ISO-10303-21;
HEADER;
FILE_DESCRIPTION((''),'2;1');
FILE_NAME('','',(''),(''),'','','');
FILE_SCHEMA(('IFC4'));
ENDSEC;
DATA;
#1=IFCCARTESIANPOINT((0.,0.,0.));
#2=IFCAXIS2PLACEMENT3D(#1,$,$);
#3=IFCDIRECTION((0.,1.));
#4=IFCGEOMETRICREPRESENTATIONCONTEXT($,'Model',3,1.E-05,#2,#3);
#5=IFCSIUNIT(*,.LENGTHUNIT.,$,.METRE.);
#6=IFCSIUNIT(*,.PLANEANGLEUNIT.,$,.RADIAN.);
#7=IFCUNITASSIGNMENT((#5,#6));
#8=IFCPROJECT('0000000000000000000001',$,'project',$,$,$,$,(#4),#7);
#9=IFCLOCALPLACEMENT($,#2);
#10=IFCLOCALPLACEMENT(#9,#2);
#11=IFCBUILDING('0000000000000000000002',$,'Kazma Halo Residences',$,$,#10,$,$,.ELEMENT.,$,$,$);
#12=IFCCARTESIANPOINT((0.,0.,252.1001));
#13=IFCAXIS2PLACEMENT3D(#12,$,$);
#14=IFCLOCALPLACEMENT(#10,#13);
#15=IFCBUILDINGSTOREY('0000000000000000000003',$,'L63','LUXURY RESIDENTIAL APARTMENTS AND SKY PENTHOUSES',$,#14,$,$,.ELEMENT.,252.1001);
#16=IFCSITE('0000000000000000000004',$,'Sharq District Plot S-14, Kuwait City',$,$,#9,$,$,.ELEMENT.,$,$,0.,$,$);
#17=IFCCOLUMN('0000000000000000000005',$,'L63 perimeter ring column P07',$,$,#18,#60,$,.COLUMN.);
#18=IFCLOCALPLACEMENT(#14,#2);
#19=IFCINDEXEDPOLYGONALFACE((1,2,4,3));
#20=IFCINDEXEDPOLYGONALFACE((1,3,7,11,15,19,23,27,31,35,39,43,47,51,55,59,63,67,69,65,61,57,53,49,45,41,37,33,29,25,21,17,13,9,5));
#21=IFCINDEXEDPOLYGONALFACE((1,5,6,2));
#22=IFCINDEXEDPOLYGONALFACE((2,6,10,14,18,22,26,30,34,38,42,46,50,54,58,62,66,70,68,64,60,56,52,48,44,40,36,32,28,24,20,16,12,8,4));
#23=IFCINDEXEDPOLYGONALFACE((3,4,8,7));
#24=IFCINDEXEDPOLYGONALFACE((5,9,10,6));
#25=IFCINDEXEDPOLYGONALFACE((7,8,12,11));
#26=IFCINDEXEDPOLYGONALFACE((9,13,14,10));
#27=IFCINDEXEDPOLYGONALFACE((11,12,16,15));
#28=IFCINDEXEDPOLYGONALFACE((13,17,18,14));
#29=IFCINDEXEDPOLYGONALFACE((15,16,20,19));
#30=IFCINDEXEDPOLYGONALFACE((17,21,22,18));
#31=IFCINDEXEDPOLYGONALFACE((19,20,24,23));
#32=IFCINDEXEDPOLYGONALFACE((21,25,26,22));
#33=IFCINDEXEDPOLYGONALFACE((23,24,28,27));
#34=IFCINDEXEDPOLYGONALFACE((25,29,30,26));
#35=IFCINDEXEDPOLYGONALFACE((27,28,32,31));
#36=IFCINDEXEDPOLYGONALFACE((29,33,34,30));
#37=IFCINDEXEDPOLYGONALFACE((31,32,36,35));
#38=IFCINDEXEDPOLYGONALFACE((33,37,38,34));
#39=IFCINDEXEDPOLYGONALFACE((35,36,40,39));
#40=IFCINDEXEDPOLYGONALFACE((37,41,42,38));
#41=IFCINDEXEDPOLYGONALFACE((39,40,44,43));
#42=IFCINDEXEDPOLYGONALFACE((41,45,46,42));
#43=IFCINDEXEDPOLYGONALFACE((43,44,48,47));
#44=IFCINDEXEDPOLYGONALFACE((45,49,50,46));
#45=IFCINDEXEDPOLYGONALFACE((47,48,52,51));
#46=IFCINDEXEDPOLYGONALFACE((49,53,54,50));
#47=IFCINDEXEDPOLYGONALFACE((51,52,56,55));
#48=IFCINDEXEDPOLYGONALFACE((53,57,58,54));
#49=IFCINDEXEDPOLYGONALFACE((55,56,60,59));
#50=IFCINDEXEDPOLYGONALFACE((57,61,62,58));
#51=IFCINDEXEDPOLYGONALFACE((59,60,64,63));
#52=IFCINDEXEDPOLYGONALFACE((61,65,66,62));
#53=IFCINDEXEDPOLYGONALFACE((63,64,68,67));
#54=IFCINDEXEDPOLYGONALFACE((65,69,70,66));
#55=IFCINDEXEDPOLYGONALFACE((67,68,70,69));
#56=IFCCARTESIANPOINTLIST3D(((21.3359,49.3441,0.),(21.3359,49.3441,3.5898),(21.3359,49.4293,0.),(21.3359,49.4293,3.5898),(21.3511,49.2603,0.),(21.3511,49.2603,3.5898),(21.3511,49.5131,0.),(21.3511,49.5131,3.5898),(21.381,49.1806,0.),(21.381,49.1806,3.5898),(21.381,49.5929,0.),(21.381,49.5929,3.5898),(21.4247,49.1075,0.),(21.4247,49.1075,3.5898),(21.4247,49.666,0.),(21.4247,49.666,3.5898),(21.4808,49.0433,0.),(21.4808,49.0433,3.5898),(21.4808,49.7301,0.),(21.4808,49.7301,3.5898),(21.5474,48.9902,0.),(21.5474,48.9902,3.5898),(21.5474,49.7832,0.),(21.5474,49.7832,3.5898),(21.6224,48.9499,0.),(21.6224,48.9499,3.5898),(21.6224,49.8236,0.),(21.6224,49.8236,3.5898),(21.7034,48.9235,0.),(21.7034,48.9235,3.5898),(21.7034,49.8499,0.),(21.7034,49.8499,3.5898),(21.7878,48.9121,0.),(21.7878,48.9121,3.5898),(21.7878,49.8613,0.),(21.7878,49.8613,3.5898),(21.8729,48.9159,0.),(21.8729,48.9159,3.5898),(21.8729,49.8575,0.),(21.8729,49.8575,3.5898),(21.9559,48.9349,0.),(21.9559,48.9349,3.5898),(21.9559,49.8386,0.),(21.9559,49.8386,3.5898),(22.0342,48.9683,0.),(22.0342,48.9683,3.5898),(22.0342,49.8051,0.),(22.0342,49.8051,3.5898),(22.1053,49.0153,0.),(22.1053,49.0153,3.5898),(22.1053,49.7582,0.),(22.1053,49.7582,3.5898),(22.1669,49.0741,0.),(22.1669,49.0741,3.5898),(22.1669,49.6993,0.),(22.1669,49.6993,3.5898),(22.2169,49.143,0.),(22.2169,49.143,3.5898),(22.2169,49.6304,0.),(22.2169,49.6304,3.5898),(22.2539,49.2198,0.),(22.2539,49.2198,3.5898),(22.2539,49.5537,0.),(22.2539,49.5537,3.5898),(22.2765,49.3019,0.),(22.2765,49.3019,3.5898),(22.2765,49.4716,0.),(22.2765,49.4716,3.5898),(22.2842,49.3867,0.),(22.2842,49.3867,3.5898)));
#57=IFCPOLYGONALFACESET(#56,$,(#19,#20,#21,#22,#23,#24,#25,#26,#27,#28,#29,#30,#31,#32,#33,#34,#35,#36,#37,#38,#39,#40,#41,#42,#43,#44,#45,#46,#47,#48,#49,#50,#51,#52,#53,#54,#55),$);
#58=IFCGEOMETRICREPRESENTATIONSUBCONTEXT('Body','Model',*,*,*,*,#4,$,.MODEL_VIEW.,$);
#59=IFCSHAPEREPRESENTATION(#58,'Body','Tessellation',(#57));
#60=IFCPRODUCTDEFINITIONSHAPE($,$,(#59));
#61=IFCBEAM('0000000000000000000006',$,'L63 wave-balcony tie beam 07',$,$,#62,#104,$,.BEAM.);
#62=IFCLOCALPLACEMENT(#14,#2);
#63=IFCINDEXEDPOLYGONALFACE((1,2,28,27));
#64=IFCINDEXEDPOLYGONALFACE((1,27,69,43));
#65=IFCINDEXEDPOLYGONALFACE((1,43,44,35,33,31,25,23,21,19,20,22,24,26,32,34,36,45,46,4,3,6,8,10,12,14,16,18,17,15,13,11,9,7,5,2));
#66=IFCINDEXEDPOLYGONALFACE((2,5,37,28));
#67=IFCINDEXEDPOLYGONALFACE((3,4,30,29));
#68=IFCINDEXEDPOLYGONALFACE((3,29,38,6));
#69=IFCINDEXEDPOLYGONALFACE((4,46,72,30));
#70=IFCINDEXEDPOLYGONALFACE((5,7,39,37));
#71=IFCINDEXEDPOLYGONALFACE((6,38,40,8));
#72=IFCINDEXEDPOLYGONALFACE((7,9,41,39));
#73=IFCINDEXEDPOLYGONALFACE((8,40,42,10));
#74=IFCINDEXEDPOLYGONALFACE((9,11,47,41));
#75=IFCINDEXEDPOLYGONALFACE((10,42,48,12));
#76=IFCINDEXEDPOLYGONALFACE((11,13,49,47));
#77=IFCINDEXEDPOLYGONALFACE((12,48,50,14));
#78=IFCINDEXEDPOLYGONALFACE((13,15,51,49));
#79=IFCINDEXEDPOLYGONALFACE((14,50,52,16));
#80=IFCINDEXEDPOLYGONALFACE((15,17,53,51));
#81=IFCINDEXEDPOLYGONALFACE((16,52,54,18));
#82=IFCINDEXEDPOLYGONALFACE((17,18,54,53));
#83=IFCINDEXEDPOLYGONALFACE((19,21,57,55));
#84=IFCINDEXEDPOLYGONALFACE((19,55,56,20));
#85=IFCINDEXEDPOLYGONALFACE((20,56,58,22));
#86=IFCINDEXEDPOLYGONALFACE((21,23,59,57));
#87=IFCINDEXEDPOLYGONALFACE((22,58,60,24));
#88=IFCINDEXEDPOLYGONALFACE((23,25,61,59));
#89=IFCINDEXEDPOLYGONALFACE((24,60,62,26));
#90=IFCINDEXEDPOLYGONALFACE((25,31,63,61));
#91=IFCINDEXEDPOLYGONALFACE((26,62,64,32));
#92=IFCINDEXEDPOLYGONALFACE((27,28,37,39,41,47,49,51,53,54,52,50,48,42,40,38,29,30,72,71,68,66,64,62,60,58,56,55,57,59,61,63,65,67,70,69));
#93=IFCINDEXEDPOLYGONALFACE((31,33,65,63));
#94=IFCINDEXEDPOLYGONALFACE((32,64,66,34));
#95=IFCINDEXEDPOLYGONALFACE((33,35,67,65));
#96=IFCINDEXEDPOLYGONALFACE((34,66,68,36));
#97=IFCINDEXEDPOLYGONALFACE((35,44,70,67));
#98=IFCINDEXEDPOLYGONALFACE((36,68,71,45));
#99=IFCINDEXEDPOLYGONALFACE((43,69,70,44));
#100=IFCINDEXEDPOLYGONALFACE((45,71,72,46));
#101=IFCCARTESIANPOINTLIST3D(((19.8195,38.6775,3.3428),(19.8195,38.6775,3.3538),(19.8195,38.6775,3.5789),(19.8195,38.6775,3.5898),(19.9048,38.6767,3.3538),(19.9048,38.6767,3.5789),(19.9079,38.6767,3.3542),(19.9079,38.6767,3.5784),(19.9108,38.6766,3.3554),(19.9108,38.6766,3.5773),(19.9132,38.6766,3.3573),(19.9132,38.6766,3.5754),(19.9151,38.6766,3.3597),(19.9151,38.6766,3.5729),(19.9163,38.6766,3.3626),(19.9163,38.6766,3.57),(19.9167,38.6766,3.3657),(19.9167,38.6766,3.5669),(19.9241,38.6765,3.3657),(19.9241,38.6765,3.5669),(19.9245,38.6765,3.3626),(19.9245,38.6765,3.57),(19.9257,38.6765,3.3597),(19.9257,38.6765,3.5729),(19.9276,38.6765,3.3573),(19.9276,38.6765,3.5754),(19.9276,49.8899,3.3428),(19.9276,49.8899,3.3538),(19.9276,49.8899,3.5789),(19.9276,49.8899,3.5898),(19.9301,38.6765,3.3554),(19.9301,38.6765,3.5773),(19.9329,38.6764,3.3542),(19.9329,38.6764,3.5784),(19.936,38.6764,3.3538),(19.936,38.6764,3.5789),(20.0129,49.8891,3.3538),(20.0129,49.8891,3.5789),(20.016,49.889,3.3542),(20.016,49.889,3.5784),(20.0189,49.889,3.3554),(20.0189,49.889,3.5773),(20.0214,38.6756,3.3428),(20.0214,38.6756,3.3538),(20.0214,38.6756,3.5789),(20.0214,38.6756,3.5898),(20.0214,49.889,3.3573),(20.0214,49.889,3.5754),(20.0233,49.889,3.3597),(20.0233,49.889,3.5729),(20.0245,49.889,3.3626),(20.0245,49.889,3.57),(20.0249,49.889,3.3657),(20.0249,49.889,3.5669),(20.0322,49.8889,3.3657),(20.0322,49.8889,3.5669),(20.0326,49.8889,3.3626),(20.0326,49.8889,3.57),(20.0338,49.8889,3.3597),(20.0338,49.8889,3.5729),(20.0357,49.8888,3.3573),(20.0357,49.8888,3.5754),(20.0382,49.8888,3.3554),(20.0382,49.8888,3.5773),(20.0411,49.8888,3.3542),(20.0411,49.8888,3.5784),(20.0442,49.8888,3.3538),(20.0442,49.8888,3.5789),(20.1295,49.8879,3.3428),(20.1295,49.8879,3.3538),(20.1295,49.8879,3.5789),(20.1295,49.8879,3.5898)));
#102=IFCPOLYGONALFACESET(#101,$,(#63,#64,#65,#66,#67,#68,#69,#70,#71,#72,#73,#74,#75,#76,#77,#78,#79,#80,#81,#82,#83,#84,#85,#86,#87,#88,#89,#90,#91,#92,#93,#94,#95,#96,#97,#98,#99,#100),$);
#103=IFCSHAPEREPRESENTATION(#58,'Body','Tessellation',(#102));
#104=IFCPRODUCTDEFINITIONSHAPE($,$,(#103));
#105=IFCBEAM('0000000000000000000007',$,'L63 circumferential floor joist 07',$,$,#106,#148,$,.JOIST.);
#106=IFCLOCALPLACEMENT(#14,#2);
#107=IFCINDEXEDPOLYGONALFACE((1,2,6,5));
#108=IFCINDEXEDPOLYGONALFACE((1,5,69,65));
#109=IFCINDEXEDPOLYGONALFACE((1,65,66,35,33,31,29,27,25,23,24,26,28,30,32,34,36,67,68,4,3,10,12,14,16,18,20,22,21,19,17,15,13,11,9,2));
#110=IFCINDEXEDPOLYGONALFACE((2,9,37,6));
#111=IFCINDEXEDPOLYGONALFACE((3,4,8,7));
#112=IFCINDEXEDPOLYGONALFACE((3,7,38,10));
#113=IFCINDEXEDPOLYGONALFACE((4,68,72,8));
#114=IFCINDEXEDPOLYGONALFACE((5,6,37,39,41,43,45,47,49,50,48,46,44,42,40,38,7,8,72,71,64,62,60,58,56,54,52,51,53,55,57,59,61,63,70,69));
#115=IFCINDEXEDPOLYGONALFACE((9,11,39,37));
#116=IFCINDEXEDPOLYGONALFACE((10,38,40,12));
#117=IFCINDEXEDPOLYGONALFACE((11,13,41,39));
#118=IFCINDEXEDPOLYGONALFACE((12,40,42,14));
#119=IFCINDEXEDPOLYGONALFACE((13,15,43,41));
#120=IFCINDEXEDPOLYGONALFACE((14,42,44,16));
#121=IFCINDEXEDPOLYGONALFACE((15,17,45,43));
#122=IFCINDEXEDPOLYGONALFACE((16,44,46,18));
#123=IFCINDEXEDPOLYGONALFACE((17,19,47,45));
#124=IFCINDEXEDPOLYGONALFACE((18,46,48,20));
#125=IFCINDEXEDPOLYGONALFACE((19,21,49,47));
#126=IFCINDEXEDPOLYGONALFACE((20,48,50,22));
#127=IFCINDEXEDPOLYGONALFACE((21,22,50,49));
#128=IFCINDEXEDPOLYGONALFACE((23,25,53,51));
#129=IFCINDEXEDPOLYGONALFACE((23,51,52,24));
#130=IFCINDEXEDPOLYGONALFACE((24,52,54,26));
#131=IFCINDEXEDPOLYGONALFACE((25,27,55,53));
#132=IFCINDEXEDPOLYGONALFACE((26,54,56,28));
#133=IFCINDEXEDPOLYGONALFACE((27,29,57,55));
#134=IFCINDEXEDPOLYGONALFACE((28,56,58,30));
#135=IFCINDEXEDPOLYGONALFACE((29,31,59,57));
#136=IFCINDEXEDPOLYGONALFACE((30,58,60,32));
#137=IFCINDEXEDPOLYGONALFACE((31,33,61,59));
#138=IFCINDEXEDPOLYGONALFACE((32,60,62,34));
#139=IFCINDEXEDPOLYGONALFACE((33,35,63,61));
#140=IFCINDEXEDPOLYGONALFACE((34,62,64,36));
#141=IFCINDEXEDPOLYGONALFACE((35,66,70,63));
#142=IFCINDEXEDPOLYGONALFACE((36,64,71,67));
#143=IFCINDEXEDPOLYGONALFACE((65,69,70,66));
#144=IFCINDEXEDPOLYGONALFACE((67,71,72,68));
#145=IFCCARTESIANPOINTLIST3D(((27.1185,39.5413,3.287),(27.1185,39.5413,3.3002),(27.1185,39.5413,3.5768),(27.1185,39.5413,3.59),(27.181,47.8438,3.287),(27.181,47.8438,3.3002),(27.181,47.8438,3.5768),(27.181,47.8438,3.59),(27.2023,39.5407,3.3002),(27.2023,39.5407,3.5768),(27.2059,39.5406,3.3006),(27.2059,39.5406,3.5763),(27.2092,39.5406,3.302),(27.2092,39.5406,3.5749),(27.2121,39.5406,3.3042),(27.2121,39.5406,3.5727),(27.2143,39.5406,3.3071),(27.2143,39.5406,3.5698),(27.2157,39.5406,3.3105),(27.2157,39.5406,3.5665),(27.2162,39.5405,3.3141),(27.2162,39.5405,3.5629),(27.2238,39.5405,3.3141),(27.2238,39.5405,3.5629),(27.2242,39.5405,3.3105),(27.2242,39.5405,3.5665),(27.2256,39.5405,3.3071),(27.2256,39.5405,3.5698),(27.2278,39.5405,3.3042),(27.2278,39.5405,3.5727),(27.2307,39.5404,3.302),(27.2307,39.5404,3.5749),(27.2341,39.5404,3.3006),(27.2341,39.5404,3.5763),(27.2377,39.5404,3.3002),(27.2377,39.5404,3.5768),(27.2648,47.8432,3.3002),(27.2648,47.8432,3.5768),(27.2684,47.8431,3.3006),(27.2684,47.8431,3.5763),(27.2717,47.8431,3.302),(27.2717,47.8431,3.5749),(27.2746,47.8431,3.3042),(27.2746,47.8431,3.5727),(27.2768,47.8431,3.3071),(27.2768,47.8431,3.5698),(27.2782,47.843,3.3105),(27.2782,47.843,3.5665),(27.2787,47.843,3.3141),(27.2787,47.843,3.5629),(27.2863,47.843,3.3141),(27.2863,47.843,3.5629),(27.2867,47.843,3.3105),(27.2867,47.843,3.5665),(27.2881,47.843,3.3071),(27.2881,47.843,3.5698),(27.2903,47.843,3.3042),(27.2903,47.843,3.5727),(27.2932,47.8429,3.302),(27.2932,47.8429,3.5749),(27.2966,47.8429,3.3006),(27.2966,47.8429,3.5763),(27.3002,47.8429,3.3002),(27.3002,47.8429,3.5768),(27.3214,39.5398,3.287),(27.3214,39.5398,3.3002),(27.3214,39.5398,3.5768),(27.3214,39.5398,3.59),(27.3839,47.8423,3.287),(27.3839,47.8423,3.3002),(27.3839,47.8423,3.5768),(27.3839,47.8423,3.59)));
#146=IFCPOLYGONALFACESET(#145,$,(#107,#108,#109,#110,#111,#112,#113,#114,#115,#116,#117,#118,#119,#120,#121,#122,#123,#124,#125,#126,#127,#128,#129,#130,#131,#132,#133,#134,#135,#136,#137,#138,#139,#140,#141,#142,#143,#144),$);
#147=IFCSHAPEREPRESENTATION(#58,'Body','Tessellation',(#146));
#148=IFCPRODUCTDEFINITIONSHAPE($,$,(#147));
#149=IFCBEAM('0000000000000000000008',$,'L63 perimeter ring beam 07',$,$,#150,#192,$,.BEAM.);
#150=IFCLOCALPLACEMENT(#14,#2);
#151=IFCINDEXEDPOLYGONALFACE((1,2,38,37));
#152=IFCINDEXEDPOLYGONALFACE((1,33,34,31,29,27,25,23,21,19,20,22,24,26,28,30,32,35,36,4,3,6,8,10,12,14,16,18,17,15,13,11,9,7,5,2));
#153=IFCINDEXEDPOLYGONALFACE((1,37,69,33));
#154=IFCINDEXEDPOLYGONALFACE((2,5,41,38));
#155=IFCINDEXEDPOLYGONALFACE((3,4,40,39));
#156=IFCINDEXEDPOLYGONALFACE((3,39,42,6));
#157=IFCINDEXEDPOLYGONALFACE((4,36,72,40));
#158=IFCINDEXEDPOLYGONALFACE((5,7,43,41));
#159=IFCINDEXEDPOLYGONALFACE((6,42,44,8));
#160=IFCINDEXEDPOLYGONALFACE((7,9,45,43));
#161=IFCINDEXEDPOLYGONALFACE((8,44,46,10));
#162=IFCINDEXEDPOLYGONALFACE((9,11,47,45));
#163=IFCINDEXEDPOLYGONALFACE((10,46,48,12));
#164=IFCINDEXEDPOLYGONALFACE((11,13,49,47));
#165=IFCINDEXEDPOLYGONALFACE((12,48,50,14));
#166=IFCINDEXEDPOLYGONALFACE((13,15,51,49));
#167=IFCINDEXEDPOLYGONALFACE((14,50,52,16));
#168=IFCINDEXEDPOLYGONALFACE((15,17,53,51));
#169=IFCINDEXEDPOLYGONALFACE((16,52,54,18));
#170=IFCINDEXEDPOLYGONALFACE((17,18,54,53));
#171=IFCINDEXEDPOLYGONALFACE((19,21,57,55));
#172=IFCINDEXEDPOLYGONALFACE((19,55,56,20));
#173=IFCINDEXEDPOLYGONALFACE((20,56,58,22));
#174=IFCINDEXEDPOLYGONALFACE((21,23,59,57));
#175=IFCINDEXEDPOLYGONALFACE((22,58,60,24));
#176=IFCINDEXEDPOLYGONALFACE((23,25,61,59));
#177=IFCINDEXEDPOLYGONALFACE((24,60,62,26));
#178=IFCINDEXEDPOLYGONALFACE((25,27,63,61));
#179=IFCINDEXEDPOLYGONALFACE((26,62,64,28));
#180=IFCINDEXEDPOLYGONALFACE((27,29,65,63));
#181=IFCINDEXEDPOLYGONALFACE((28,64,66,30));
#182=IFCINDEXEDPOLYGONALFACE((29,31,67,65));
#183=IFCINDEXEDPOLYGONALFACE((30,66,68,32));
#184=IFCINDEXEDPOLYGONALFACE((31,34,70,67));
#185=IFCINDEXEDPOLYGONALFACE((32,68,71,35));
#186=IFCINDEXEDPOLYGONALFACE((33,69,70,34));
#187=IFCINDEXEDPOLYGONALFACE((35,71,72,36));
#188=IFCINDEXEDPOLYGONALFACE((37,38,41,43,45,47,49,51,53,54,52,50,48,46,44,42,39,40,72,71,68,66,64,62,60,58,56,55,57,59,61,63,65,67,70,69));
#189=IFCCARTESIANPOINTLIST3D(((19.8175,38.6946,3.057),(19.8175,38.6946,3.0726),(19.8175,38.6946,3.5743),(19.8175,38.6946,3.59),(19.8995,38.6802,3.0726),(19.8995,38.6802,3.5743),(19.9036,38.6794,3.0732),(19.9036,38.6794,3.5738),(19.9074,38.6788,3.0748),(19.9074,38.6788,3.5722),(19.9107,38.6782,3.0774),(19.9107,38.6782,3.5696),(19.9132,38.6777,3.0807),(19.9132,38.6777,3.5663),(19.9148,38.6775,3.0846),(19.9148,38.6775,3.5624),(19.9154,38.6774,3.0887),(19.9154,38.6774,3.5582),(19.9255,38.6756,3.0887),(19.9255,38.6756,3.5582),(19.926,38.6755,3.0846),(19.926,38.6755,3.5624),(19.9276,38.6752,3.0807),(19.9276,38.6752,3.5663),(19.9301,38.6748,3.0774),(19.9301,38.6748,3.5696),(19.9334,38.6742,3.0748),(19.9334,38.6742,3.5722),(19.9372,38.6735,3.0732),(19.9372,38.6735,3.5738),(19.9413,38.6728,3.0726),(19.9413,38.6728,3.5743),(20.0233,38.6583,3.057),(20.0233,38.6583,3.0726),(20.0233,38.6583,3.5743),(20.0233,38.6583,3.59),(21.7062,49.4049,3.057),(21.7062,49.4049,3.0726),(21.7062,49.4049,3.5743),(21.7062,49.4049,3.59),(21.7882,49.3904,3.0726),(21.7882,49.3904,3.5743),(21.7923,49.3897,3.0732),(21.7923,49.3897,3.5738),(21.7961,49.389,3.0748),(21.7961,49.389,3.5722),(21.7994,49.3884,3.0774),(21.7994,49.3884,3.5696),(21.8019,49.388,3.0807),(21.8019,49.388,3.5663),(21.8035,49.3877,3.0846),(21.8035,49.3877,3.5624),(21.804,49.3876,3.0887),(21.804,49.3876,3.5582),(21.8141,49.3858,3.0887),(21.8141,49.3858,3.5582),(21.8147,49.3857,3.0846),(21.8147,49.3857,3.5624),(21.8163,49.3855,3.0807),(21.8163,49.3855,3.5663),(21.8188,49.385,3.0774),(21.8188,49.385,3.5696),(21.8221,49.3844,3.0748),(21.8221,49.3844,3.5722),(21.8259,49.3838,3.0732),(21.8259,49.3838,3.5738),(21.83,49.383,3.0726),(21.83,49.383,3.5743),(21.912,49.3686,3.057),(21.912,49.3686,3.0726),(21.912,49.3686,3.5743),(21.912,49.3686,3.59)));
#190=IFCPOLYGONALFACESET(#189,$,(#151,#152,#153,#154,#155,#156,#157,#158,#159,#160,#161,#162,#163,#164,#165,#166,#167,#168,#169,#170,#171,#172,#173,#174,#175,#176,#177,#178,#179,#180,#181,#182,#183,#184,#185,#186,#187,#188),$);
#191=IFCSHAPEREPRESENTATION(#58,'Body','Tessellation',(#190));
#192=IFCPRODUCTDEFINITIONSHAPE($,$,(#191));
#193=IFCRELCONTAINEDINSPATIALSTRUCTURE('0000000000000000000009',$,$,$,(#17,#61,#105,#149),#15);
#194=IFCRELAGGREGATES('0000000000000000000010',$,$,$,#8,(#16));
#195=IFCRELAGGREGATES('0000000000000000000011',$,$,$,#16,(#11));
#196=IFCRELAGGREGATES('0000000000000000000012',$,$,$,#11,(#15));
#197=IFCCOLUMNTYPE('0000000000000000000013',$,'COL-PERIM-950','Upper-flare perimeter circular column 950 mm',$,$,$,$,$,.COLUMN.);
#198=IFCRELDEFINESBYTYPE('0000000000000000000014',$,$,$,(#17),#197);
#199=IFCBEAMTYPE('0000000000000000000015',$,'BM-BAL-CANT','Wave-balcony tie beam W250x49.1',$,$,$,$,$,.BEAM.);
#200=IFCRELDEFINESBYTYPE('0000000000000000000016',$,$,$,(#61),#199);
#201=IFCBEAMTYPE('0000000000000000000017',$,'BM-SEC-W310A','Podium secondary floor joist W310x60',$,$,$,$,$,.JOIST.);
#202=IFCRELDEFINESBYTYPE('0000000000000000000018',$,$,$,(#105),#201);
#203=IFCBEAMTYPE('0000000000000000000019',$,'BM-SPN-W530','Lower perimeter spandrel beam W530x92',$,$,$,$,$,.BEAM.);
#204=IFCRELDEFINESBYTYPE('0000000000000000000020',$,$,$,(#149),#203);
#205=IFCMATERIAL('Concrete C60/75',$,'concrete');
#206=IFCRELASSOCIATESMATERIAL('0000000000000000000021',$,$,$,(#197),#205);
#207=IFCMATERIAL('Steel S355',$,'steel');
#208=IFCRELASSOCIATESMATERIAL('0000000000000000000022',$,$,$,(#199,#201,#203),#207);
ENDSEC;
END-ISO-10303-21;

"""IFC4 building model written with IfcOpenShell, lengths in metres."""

from ifc_helpers import new_model, si_unit, direction, frame, origin, origin_2d, place, context, subcontext, project, spatial, circle, i_section, extrude, material, material_profile, profile_set, type_object, element, save


model = new_model("IFC4")

# Units and contexts
model_context = context("Model", 3, precision=1e-05, world=origin(), true_north=direction((0.0, 1.0)))
body_context = subcontext(model_context, "Body", "Model", "MODEL_VIEW")
ifc_project = project(units=[si_unit("LENGTHUNIT", "METRE"), si_unit("PLANEANGLEUNIT", "RADIAN")], contexts=[model_context])

# Site, building, storey
site_placement = place(None, origin())
site = spatial("IfcSite", under=ifc_project, at=site_placement, Name="Sharq District Plot S-14, Kuwait City", CompositionType="ELEMENT", RefElevation=0.0)
building_placement = place(site_placement, origin())
building = spatial("IfcBuilding", under=site, at=building_placement, Name="Kazma Halo Residences", CompositionType="ELEMENT")
storey_placement = place(building_placement, frame((0.0, 0.0, 252.1001)))
storey = spatial("IfcBuildingStorey", under=building, at=storey_placement, Name="L63", Description="LUXURY RESIDENTIAL APARTMENTS AND SKY PENTHOUSES", CompositionType="ELEMENT", Elevation=252.1001)

# Column
ifc_material_1 = material(Name="Concrete C60/75", Category="concrete")
ifc_material_profile_1 = material_profile(ifc_material_1, circle(Radius=0.4751, at=origin_2d()), Name="CIRC950")
ifc_profile_set_1 = profile_set([ifc_material_profile_1], Name="Concrete C60/75")
column_type = type_object("IfcColumnType", Name="COL-PERIM-950", Description="Upper-flare perimeter circular column 950 mm", PredefinedType="COLUMN", material=ifc_profile_set_1)
column_placement = place(storey_placement, frame((21.8091, 49.3867, 0.0), z_axis=(0.0, 0.0, 1.0), x_axis=(1.0, 0.0, 0.0)))
element("IfcColumn", 1, at=column_placement, inside=storey, type_object=column_type, Name="L63 perimeter ring column P07", PredefinedType="COLUMN", context=body_context, shape_type="SweptSolid", body=[
    extrude(circle(Radius=0.4751, at=origin_2d()), origin(), (0.0, 0.0, 1.0), 3.5898),
])

# Beams
ifc_material_2 = material(Name="Steel S355", Category="steel")
ifc_material_profile_2 = material_profile(ifc_material_2, i_section(OverallWidth=0.2019, OverallDepth=0.2471, WebThickness=0.0073, FlangeThickness=0.011, FilletRadius=0.012, at=origin_2d()), Name="W250x49.1")
ifc_profile_set_2 = profile_set([ifc_material_profile_2], Name="Steel S355")
beam_type_1 = type_object("IfcBeamType", Name="BM-BAL-CANT", Description="Wave-balcony tie beam W250x49.1", PredefinedType="BEAM", material=ifc_profile_set_2)
beam_1_placement = place(storey_placement, frame((20.0286, 49.8889, 3.4663), z_axis=(-0.009646, -0.999953, 0.0), x_axis=(0.999953, -0.009646, 0.0)))
element("IfcBeam", 2, at=beam_1_placement, inside=storey, type_object=beam_type_1, Name="L63 wave-balcony tie beam 07", PredefinedType="BEAM", context=body_context, shape_type="SweptSolid", body=[
    extrude(i_section(OverallWidth=0.2019, OverallDepth=0.2471, WebThickness=0.0073, FlangeThickness=0.011, FilletRadius=0.012, at=origin_2d()), origin(), (0.0, 0.0, 1.0), 11.2129),
])
ifc_material_profile_3 = material_profile(ifc_material_2, i_section(OverallWidth=0.2029, OverallDepth=0.303, WebThickness=0.0076, FlangeThickness=0.0132, FilletRadius=0.0139, at=origin_2d()), Name="W310x60")
ifc_profile_set_3 = profile_set([ifc_material_profile_3], Name="Steel S355")
beam_type_2 = type_object("IfcBeamType", Name="BM-SEC-W310A", Description="Podium secondary floor joist W310x60", PredefinedType="JOIST", material=ifc_profile_set_3)
beam_2_placement = place(storey_placement, frame((27.2825, 47.843, 3.4385), z_axis=(-0.007528, -0.999972, 0.0), x_axis=(0.999972, -0.007528, 0.0)))
element("IfcBeam", 3, at=beam_2_placement, inside=storey, type_object=beam_type_2, Name="L63 circumferential floor joist 07", PredefinedType="JOIST", context=body_context, shape_type="SweptSolid", body=[
    extrude(i_section(OverallWidth=0.2029, OverallDepth=0.303, WebThickness=0.0076, FlangeThickness=0.0132, FilletRadius=0.0139, at=origin_2d()), origin(), (0.0, 0.0, 1.0), 8.3027),
])
ifc_material_profile_4 = material_profile(ifc_material_2, i_section(OverallWidth=0.209, OverallDepth=0.533, WebThickness=0.0103, FlangeThickness=0.0156, FilletRadius=0.0161, at=origin_2d()), Name="W530x92")
ifc_profile_set_4 = profile_set([ifc_material_profile_4], Name="Steel S355")
beam_type_3 = type_object("IfcBeamType", Name="BM-SPN-W530", Description="Lower perimeter spandrel beam W530x92", PredefinedType="BEAM", material=ifc_profile_set_4)
beam_3_placement = place(storey_placement, frame((21.8091, 49.3867, 3.3235), z_axis=(-0.173664, -0.984805, 0.0), x_axis=(0.984805, -0.173664, 0.0)))
element("IfcBeam", 4, at=beam_3_placement, inside=storey, type_object=beam_type_3, Name="L63 perimeter ring beam 07", PredefinedType="BEAM", context=body_context, shape_type="SweptSolid", body=[
    extrude(i_section(OverallWidth=0.209, OverallDepth=0.533, WebThickness=0.0103, FlangeThickness=0.0156, FilletRadius=0.0161, at=origin_2d()), origin(), (0.0, 0.0, 1.0), 10.8755),
])

save(model, "model.ifc")
